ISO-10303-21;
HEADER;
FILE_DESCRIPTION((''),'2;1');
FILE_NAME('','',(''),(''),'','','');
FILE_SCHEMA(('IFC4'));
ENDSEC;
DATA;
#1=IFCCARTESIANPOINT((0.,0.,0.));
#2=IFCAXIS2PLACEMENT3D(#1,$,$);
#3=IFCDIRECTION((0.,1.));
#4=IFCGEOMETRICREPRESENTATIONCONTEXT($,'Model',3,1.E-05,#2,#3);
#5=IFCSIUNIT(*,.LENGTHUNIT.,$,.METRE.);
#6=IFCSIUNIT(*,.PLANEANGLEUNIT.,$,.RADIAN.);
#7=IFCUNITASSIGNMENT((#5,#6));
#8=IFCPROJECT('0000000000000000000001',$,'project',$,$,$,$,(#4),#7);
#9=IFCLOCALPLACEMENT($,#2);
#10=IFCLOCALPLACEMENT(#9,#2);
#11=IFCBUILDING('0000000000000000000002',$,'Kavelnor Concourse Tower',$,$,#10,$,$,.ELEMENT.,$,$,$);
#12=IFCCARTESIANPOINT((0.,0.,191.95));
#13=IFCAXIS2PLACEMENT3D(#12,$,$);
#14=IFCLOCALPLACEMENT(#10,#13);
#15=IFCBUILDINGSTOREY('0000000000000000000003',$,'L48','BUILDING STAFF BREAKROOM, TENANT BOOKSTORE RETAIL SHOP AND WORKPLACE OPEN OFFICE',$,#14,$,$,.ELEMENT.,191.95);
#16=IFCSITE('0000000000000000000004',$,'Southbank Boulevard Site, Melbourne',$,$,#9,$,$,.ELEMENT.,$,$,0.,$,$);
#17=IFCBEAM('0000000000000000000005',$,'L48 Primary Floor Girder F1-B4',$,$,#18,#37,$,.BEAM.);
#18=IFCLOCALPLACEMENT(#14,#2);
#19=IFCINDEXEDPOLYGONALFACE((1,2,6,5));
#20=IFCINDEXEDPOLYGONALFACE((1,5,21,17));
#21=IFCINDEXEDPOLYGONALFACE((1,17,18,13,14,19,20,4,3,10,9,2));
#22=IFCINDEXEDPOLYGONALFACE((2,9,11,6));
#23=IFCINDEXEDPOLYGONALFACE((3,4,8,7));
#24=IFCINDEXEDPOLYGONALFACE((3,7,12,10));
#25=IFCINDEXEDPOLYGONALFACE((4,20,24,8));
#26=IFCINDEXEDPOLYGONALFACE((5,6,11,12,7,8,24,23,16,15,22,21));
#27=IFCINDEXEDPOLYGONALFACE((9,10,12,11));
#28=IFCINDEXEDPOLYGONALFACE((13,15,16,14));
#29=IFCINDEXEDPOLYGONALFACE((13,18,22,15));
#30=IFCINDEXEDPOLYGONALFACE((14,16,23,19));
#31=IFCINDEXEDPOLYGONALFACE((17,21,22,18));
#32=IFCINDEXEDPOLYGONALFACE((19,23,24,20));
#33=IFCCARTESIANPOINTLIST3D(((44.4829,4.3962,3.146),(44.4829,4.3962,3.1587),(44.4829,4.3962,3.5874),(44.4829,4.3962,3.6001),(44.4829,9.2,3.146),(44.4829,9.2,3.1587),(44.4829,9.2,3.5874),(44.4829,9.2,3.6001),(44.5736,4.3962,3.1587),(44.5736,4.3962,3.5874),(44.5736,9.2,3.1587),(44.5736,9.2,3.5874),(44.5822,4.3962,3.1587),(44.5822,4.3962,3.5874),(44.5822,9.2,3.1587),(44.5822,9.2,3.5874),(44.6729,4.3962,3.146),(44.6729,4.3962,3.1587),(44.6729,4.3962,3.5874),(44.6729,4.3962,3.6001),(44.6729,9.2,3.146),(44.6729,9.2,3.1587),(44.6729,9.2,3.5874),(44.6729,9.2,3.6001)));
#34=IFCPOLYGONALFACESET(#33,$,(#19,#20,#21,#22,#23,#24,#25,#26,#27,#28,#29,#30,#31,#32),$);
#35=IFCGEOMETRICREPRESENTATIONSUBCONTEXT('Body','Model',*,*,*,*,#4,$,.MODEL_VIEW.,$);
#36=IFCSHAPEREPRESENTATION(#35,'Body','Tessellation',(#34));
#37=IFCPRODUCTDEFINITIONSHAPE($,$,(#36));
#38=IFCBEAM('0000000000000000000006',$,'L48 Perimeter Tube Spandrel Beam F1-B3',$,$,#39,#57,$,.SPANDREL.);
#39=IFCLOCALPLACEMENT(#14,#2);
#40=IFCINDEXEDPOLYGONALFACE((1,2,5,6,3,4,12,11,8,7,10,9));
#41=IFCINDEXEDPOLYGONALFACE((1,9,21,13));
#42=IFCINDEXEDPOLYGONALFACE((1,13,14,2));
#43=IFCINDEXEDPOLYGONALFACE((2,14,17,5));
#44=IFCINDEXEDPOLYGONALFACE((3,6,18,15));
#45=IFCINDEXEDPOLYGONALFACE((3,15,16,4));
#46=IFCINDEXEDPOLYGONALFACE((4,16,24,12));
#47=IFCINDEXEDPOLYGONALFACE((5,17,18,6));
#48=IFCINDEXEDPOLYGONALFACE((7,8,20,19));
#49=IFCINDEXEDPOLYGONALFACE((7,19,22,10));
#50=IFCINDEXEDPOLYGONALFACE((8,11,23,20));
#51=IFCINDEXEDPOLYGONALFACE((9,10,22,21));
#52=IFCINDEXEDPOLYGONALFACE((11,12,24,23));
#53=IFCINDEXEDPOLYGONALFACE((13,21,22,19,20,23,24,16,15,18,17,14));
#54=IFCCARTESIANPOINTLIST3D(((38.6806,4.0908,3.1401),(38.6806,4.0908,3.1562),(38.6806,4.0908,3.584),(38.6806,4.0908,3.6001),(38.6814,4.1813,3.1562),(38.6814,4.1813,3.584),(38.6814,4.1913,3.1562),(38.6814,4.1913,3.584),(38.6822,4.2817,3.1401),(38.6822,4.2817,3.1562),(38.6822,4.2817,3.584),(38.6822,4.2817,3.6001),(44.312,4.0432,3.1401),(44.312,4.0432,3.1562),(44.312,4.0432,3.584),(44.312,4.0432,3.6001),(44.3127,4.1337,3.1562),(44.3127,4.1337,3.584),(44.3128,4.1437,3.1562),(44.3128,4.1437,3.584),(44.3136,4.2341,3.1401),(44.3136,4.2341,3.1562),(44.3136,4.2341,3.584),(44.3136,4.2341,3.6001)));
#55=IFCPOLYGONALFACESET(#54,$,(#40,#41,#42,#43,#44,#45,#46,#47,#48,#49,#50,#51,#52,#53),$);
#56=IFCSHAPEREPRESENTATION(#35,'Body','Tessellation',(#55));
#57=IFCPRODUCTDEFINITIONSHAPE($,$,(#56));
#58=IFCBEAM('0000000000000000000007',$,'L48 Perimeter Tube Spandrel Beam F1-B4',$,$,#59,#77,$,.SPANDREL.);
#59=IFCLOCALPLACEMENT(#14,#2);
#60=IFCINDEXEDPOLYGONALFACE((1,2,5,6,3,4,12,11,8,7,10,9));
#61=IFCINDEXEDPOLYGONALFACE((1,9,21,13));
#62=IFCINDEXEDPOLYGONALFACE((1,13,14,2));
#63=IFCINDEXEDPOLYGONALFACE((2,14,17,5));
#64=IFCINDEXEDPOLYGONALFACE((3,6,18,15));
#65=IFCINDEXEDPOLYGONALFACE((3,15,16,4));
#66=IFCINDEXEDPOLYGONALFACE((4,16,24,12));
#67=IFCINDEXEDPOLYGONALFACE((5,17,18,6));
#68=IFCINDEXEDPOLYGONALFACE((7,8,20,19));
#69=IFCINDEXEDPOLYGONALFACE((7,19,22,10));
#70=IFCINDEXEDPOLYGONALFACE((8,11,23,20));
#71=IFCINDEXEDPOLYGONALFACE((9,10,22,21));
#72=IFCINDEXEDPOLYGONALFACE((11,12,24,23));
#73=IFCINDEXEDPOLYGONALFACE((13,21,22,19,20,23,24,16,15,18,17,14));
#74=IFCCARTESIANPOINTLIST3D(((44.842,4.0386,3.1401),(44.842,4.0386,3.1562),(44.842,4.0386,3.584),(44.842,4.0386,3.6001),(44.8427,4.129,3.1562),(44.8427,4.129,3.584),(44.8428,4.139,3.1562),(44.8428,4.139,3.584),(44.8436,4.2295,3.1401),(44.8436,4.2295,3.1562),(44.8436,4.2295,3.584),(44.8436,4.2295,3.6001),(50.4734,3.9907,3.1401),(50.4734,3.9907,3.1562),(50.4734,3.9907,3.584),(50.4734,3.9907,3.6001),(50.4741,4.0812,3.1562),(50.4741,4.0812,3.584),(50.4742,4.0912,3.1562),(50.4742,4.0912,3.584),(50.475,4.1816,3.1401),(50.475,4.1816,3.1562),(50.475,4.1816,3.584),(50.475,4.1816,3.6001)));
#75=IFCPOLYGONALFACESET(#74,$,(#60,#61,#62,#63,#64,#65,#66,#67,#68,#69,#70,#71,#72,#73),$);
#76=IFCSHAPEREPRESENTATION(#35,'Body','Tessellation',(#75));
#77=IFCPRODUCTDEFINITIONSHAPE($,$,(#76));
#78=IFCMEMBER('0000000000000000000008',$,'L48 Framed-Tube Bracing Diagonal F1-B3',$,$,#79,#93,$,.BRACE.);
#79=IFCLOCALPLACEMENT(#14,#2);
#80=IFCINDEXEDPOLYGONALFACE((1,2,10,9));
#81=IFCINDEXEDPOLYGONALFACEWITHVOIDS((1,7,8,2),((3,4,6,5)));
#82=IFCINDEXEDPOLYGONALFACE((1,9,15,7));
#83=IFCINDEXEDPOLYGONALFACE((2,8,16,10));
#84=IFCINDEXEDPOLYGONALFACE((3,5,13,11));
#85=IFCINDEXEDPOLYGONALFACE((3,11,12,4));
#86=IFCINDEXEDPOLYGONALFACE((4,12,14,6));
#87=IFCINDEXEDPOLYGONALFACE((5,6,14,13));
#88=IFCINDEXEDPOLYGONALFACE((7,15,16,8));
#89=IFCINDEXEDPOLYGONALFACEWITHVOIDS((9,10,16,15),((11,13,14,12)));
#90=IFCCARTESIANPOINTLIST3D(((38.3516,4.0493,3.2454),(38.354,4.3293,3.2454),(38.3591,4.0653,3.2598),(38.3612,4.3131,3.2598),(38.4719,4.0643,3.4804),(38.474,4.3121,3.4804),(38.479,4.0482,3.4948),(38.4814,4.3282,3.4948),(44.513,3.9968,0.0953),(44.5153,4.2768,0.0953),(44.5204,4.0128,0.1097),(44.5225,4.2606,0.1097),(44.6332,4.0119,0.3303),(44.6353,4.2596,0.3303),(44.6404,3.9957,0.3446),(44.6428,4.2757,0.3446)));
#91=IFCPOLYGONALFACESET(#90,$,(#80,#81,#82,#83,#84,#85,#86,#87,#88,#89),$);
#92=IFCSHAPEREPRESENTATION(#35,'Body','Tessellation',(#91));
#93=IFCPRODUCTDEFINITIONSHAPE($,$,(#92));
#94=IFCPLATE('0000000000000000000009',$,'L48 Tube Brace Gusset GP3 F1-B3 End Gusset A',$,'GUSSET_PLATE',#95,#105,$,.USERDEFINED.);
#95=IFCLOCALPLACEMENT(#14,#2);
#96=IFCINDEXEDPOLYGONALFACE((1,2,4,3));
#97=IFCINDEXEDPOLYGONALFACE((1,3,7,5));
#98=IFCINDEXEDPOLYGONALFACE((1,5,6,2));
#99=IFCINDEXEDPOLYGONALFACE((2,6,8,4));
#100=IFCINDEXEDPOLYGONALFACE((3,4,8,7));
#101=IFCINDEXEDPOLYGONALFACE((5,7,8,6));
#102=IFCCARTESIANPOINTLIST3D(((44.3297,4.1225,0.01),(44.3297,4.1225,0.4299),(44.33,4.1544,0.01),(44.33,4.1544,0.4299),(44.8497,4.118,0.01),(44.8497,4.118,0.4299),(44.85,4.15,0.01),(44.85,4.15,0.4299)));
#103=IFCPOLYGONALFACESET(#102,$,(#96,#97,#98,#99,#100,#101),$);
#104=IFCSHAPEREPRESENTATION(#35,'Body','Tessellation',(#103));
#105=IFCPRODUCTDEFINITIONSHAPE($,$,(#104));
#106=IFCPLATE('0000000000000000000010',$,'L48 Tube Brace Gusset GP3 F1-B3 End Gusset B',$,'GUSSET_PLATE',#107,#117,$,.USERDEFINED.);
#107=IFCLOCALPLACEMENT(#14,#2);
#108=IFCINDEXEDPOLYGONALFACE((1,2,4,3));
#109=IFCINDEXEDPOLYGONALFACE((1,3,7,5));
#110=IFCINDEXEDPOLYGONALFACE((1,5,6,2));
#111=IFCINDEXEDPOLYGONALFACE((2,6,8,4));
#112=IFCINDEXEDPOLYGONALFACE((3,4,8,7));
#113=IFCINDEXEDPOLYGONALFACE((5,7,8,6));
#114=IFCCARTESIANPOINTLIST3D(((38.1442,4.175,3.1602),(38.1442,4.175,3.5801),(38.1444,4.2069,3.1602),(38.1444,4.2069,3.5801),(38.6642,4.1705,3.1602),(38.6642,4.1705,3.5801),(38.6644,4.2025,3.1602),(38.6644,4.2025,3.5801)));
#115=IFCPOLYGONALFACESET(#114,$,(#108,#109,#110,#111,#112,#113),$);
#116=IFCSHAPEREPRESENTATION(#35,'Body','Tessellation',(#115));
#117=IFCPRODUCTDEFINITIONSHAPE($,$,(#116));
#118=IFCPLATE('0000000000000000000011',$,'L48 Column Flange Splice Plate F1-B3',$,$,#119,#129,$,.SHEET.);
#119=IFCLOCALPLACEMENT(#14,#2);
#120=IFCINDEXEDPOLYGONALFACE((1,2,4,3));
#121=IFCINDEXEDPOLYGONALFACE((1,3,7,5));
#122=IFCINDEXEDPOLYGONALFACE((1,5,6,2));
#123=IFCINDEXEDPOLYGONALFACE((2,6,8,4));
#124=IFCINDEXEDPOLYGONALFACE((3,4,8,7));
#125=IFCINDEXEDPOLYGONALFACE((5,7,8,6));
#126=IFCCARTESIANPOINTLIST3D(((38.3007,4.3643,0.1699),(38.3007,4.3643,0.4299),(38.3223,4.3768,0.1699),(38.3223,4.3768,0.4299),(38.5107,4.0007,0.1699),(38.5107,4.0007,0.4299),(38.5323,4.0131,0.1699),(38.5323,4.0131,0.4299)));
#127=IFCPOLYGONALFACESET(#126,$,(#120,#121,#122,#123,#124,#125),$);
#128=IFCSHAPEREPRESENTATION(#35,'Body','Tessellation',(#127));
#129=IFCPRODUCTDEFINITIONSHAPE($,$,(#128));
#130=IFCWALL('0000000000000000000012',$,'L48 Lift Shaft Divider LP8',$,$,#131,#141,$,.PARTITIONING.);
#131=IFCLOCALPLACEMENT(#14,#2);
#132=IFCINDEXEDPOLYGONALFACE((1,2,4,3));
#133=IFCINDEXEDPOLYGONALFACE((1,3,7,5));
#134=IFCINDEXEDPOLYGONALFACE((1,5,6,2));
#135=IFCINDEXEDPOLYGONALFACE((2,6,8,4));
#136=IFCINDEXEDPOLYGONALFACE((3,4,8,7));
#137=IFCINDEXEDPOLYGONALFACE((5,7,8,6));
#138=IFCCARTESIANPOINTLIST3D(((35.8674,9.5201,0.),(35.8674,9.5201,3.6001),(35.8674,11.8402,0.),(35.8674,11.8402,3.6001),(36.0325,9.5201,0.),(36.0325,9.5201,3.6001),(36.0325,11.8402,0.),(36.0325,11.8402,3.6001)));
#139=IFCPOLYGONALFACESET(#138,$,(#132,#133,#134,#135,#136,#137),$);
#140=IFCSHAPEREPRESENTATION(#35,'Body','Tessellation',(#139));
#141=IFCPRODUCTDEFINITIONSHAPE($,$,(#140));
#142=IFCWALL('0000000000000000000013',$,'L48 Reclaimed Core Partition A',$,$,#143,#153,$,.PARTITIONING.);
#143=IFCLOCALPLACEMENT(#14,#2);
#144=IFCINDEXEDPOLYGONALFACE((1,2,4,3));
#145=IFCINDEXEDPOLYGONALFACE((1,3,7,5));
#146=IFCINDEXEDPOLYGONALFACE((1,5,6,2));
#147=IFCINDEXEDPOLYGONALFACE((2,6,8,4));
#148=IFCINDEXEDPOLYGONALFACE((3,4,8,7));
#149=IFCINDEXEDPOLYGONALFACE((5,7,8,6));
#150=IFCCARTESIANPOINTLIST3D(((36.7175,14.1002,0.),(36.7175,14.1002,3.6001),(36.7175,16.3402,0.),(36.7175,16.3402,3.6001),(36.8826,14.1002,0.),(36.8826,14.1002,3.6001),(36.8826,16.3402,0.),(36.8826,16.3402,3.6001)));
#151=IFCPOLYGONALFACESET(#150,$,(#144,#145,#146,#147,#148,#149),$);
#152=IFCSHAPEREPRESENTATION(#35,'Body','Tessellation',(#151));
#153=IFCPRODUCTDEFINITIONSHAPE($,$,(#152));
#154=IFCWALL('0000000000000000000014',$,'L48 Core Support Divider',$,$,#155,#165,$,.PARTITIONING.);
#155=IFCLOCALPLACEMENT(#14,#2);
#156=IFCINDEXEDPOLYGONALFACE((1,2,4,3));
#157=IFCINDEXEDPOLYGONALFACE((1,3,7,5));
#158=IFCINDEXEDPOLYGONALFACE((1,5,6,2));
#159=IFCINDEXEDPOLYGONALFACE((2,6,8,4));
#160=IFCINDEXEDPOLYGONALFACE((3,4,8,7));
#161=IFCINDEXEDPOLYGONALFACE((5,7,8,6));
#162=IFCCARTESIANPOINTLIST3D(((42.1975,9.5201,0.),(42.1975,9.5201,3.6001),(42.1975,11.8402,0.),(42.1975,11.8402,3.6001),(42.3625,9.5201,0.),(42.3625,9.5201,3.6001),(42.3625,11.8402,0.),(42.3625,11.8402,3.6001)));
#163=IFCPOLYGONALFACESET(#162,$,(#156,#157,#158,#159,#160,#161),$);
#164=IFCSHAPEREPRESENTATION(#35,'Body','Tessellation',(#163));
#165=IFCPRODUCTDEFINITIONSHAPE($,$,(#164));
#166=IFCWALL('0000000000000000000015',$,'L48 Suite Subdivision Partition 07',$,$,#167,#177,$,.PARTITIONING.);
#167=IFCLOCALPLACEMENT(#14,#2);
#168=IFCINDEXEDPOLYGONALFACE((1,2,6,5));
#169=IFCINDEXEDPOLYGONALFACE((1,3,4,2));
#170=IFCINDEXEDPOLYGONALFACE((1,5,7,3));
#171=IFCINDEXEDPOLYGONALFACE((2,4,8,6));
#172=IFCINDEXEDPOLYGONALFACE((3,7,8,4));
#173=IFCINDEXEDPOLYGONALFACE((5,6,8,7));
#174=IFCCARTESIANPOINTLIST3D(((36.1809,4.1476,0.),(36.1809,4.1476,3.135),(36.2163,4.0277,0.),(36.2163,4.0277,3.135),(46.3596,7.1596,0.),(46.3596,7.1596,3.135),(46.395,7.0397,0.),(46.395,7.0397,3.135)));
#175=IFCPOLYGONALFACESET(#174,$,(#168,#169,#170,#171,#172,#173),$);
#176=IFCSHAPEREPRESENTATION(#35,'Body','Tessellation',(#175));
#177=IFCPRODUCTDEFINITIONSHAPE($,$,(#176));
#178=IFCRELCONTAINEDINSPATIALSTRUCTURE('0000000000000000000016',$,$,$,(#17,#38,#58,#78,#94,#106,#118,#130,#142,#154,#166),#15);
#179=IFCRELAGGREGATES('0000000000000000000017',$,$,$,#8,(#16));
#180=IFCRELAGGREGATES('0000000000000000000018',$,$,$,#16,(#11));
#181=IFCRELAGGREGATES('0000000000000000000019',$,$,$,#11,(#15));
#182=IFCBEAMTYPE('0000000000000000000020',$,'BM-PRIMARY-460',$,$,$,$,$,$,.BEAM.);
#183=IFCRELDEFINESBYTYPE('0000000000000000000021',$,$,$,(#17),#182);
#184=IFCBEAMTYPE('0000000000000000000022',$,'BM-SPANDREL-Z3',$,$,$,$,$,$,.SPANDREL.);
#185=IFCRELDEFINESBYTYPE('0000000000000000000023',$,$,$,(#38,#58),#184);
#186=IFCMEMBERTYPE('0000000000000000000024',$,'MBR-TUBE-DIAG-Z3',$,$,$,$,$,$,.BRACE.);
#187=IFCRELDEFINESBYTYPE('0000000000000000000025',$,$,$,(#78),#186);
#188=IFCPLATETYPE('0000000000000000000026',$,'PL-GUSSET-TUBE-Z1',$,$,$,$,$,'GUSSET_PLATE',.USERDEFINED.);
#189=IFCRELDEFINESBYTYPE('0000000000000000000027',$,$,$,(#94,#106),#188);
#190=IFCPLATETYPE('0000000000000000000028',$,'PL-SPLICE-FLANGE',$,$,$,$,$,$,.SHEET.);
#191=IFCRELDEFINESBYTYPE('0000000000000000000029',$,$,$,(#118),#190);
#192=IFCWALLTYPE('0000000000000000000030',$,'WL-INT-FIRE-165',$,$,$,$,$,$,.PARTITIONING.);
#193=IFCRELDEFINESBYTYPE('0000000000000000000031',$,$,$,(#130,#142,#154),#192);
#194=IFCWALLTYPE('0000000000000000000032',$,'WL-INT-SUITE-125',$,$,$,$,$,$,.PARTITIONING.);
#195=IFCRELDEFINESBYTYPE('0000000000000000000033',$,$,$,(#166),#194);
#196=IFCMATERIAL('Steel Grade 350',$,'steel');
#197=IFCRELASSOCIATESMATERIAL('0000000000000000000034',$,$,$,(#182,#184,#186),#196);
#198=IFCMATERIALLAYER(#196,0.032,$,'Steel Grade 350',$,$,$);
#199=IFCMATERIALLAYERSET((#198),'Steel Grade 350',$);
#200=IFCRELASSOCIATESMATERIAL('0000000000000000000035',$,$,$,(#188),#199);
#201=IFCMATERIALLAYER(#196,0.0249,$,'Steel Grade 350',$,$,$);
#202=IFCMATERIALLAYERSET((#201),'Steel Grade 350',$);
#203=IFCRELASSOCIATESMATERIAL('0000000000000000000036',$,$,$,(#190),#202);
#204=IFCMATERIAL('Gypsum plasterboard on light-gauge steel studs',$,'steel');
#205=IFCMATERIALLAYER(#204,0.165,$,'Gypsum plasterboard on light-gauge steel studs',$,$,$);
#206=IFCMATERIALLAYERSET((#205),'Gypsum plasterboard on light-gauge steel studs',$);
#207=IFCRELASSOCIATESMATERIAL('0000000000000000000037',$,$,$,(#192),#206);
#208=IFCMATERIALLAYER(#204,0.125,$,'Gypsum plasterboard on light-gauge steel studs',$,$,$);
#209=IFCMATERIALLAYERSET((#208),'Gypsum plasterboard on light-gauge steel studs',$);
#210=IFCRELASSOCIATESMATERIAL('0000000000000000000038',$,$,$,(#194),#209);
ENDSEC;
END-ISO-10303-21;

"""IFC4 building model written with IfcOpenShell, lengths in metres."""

from ifc_helpers import new_model, si_unit, direction, frame, frame_2d, origin, origin_2d, place, context, subcontext, project, spatial, rectangle, hollow_rectangle, i_section, extrude, material, layer, layer_set, material_profile, profile_set, type_object, element, save


model = new_model("IFC4")

# Units and contexts
model_context = context("Model", 3, precision=1e-05, world=origin(), true_north=direction((0.0, 1.0)))
body_context = subcontext(model_context, "Body", "Model", "MODEL_VIEW")
ifc_project = project(units=[si_unit("LENGTHUNIT", "METRE"), si_unit("PLANEANGLEUNIT", "RADIAN")], contexts=[model_context])

# Site, building, storey
site_placement = place(None, origin())
site = spatial("IfcSite", under=ifc_project, at=site_placement, Name="Southbank Boulevard Site, Melbourne", CompositionType="ELEMENT", RefElevation=0.0)
building_placement = place(site_placement, origin())
building = spatial("IfcBuilding", under=site, at=building_placement, Name="Kavelnor Concourse Tower", CompositionType="ELEMENT")
storey_placement = place(building_placement, frame((0.0, 0.0, 191.95)))
storey = spatial("IfcBuildingStorey", under=building, at=storey_placement, Name="L48", Description="BUILDING STAFF BREAKROOM, TENANT BOOKSTORE RETAIL SHOP AND WORKPLACE OPEN OFFICE", CompositionType="ELEMENT", Elevation=191.95)

# Shared definitions
ifc_material_1 = material(Name="Steel Grade 350", Category="steel")

# Beams
ifc_material_profile_1 = material_profile(ifc_material_1, i_section(OverallWidth=0.1899, OverallDepth=0.4541, WebThickness=0.0085, FlangeThickness=0.0127, at=origin_2d()), Name="460UB67")
ifc_profile_set_1 = profile_set([ifc_material_profile_1], Name="Steel Grade 350")
beam_type_1 = type_object("IfcBeamType", Name="BM-PRIMARY-460", PredefinedType="BEAM", material=ifc_profile_set_1)
beam_1_placement = place(storey_placement, frame((44.5779, 9.2, 3.373), z_axis=(0.0, -1.0, 0.0), x_axis=(1.0, 0.0, 0.0)))
element("IfcBeam", 1, at=beam_1_placement, inside=storey, type_object=beam_type_1, Name="L48 Primary Floor Girder F1-B4", PredefinedType="BEAM", context=body_context, shape_type="SweptSolid", body=[
    extrude(i_section(OverallWidth=0.1899, OverallDepth=0.4541, WebThickness=0.0085, FlangeThickness=0.0127, at=origin_2d()), origin(), (0.0, 0.0, 1.0), 4.8037),
])
ifc_material_profile_2 = material_profile(ifc_material_1, i_section(OverallWidth=0.1909, OverallDepth=0.46, WebThickness=0.01, FlangeThickness=0.0161, at=origin_2d()), Name="460UB82")
ifc_profile_set_2 = profile_set([ifc_material_profile_2], Name="Steel Grade 350")
beam_type_2 = type_object("IfcBeamType", Name="BM-SPANDREL-Z3", PredefinedType="SPANDREL", material=ifc_profile_set_2)
for number, where, z_axis, x_axis, name in (
    (2, (38.6814, 4.1863, 3.3701), (0.999964, -0.008454, 0.0), (0.008454, 0.999964, 0.0), "L48 Perimeter Tube Spandrel Beam F1-B3"),
    (3, (44.8428, 4.134, 3.3701), (0.999964, -0.008497, 0.0), (0.008497, 0.999964, 0.0), "L48 Perimeter Tube Spandrel Beam F1-B4"),
):
    element("IfcBeam", number, at=place(storey_placement, frame(where, z_axis=z_axis, x_axis=x_axis)), inside=storey, type_object=beam_type_2, Name=name, PredefinedType="SPANDREL", context=body_context, shape_type="SweptSolid", body=[
        extrude(i_section(OverallWidth=0.1909, OverallDepth=0.46, WebThickness=0.01, FlangeThickness=0.0161, at=origin_2d()), origin(), (0.0, 0.0, 1.0), 5.6316),
    ])

# Member
ifc_material_profile_3 = material_profile(ifc_material_1, hollow_rectangle(XDim=0.28, YDim=0.28, WallThickness=0.0161, at=origin_2d()), Name="SHS 280x280x16")
ifc_profile_set_3 = profile_set([ifc_material_profile_3], Name="Steel Grade 350")
member_type = type_object("IfcMemberType", Name="MBR-TUBE-DIAG-Z3", PredefinedType="BRACE", material=ifc_profile_set_3)
member_placement = place(storey_placement, frame((44.5779, 4.1362, 0.22), z_axis=(-0.890351, 0.007585, 0.455212), x_axis=(-0.008519, -0.999964, 0.0)))
element("IfcMember", 4, at=member_placement, inside=storey, type_object=member_type, Name="L48 Framed-Tube Bracing Diagonal F1-B3", PredefinedType="BRACE", context=body_context, shape_type="SweptSolid", body=[
    extrude(hollow_rectangle(XDim=0.28, YDim=0.28, WallThickness=0.0161, at=origin_2d()), origin(), (0.0, 0.0, 1.0), 6.9202),
])

# Plates
ifc_layer_1 = layer(ifc_material_1, 0.032, Name="Steel Grade 350")
ifc_layer_set_1 = layer_set([ifc_layer_1], Name="Steel Grade 350")
plate_type_1 = type_object("IfcPlateType", Name="PL-GUSSET-TUBE-Z1", ElementType="GUSSET_PLATE", PredefinedType="USERDEFINED", material=ifc_layer_set_1)
for number, where, z_axis, x_axis, name in (
    (5, (44.5898, 4.1362, 0.01), (0.0, 0.0, 1.0), (-0.999963, 0.008552, 0.0), "L48 Tube Brace Gusset GP3 F1-B3 End Gusset A"),
    (6, (38.4043, 4.1887, 3.1602), (0.0, 0.0, 1.0), (-0.999963, 0.008552, 0.0), "L48 Tube Brace Gusset GP3 F1-B3 End Gusset B"),
):
    element("IfcPlate", number, at=place(storey_placement, frame(where, z_axis=z_axis, x_axis=x_axis)), inside=storey, type_object=plate_type_1, Name=name, ObjectType="GUSSET_PLATE", PredefinedType="USERDEFINED", context=body_context, shape_type="SweptSolid", body=[
        extrude(rectangle(XDim=0.52, YDim=0.032, at=origin_2d()), origin(), (0.0, 0.0, 1.0), 0.4199),
    ])
ifc_layer_2 = layer(ifc_material_1, 0.0249, Name="Steel Grade 350")
ifc_layer_set_2 = layer_set([ifc_layer_2], Name="Steel Grade 350")
plate_type_2 = type_object("IfcPlateType", Name="PL-SPLICE-FLANGE", PredefinedType="SHEET", material=ifc_layer_set_2)
plate_placement = place(storey_placement, frame((38.4165, 4.1887, 0.1699), z_axis=(0.0, 0.0, 1.0), x_axis=(-0.5, 0.866025, 0.0)))
element("IfcPlate", 7, at=plate_placement, inside=storey, type_object=plate_type_2, Name="L48 Column Flange Splice Plate F1-B3", PredefinedType="SHEET", context=body_context, shape_type="SweptSolid", body=[
    extrude(rectangle(XDim=0.4199, YDim=0.0249, at=origin_2d()), origin(), (0.0, 0.0, 1.0), 0.26),
])

# Walls
ifc_material_2 = material(Name="Gypsum plasterboard on light-gauge steel studs", Category="steel")
ifc_layer_3 = layer(ifc_material_2, 0.165, Name="Gypsum plasterboard on light-gauge steel studs")
ifc_layer_set_3 = layer_set([ifc_layer_3], Name="Gypsum plasterboard on light-gauge steel studs")
wall_type_1 = type_object("IfcWallType", Name="WL-INT-FIRE-165", PredefinedType="PARTITIONING", material=ifc_layer_set_3)
wall_1_placement = place(storey_placement, frame((35.95, 9.52, 0.0), z_axis=(0.0, 0.0, 1.0), x_axis=(0.0, 1.0, 0.0)))
element("IfcWall", 8, at=wall_1_placement, inside=storey, type_object=wall_type_1, Name="L48 Lift Shaft Divider LP8", PredefinedType="PARTITIONING", context=body_context, shape_type="SweptSolid", body=[
    extrude(rectangle(XDim=2.3201, YDim=0.165, at=frame_2d((1.1602, 0.0))), origin(), (0.0, 0.0, 1.0), 3.6001),
])
wall_2_placement = place(storey_placement, frame((36.8, 14.1001, 0.0), z_axis=(0.0, 0.0, 1.0), x_axis=(0.0, 1.0, 0.0)))
element("IfcWall", 9, at=wall_2_placement, inside=storey, type_object=wall_type_1, Name="L48 Reclaimed Core Partition A", PredefinedType="PARTITIONING", context=body_context, shape_type="SweptSolid", body=[
    extrude(rectangle(XDim=2.24, YDim=0.165, at=frame_2d((1.1201, 0.0))), origin(), (0.0, 0.0, 1.0), 3.6001),
])
wall_3_placement = place(storey_placement, frame((42.28, 9.52, 0.0), z_axis=(0.0, 0.0, 1.0), x_axis=(0.0, 1.0, 0.0)))
element("IfcWall", 10, at=wall_3_placement, inside=storey, type_object=wall_type_1, Name="L48 Core Support Divider", PredefinedType="PARTITIONING", context=body_context, shape_type="SweptSolid", body=[
    extrude(rectangle(XDim=2.3201, YDim=0.165, at=frame_2d((1.1602, 0.0))), origin(), (0.0, 0.0, 1.0), 3.6001),
])
ifc_layer_4 = layer(ifc_material_2, 0.125, Name="Gypsum plasterboard on light-gauge steel studs")
ifc_layer_set_4 = layer_set([ifc_layer_4], Name="Gypsum plasterboard on light-gauge steel studs")
wall_type_2 = type_object("IfcWallType", Name="WL-INT-SUITE-125", PredefinedType="PARTITIONING", material=ifc_layer_set_4)
wall_4_placement = place(storey_placement, frame((36.1985, 4.0876, 0.0), z_axis=(0.0, 0.0, 1.0), x_axis=(0.958899, 0.283746, 0.0)))
element("IfcWall", 11, at=wall_4_placement, inside=storey, type_object=wall_type_2, Name="L48 Suite Subdivision Partition 07", PredefinedType="PARTITIONING", context=body_context, shape_type="SweptSolid", body=[
    extrude(rectangle(XDim=10.615, YDim=0.125, at=frame_2d((5.3076, 0.0))), origin(), (0.0, 0.0, 1.0), 3.135),
])

save(model, "model.ifc")
